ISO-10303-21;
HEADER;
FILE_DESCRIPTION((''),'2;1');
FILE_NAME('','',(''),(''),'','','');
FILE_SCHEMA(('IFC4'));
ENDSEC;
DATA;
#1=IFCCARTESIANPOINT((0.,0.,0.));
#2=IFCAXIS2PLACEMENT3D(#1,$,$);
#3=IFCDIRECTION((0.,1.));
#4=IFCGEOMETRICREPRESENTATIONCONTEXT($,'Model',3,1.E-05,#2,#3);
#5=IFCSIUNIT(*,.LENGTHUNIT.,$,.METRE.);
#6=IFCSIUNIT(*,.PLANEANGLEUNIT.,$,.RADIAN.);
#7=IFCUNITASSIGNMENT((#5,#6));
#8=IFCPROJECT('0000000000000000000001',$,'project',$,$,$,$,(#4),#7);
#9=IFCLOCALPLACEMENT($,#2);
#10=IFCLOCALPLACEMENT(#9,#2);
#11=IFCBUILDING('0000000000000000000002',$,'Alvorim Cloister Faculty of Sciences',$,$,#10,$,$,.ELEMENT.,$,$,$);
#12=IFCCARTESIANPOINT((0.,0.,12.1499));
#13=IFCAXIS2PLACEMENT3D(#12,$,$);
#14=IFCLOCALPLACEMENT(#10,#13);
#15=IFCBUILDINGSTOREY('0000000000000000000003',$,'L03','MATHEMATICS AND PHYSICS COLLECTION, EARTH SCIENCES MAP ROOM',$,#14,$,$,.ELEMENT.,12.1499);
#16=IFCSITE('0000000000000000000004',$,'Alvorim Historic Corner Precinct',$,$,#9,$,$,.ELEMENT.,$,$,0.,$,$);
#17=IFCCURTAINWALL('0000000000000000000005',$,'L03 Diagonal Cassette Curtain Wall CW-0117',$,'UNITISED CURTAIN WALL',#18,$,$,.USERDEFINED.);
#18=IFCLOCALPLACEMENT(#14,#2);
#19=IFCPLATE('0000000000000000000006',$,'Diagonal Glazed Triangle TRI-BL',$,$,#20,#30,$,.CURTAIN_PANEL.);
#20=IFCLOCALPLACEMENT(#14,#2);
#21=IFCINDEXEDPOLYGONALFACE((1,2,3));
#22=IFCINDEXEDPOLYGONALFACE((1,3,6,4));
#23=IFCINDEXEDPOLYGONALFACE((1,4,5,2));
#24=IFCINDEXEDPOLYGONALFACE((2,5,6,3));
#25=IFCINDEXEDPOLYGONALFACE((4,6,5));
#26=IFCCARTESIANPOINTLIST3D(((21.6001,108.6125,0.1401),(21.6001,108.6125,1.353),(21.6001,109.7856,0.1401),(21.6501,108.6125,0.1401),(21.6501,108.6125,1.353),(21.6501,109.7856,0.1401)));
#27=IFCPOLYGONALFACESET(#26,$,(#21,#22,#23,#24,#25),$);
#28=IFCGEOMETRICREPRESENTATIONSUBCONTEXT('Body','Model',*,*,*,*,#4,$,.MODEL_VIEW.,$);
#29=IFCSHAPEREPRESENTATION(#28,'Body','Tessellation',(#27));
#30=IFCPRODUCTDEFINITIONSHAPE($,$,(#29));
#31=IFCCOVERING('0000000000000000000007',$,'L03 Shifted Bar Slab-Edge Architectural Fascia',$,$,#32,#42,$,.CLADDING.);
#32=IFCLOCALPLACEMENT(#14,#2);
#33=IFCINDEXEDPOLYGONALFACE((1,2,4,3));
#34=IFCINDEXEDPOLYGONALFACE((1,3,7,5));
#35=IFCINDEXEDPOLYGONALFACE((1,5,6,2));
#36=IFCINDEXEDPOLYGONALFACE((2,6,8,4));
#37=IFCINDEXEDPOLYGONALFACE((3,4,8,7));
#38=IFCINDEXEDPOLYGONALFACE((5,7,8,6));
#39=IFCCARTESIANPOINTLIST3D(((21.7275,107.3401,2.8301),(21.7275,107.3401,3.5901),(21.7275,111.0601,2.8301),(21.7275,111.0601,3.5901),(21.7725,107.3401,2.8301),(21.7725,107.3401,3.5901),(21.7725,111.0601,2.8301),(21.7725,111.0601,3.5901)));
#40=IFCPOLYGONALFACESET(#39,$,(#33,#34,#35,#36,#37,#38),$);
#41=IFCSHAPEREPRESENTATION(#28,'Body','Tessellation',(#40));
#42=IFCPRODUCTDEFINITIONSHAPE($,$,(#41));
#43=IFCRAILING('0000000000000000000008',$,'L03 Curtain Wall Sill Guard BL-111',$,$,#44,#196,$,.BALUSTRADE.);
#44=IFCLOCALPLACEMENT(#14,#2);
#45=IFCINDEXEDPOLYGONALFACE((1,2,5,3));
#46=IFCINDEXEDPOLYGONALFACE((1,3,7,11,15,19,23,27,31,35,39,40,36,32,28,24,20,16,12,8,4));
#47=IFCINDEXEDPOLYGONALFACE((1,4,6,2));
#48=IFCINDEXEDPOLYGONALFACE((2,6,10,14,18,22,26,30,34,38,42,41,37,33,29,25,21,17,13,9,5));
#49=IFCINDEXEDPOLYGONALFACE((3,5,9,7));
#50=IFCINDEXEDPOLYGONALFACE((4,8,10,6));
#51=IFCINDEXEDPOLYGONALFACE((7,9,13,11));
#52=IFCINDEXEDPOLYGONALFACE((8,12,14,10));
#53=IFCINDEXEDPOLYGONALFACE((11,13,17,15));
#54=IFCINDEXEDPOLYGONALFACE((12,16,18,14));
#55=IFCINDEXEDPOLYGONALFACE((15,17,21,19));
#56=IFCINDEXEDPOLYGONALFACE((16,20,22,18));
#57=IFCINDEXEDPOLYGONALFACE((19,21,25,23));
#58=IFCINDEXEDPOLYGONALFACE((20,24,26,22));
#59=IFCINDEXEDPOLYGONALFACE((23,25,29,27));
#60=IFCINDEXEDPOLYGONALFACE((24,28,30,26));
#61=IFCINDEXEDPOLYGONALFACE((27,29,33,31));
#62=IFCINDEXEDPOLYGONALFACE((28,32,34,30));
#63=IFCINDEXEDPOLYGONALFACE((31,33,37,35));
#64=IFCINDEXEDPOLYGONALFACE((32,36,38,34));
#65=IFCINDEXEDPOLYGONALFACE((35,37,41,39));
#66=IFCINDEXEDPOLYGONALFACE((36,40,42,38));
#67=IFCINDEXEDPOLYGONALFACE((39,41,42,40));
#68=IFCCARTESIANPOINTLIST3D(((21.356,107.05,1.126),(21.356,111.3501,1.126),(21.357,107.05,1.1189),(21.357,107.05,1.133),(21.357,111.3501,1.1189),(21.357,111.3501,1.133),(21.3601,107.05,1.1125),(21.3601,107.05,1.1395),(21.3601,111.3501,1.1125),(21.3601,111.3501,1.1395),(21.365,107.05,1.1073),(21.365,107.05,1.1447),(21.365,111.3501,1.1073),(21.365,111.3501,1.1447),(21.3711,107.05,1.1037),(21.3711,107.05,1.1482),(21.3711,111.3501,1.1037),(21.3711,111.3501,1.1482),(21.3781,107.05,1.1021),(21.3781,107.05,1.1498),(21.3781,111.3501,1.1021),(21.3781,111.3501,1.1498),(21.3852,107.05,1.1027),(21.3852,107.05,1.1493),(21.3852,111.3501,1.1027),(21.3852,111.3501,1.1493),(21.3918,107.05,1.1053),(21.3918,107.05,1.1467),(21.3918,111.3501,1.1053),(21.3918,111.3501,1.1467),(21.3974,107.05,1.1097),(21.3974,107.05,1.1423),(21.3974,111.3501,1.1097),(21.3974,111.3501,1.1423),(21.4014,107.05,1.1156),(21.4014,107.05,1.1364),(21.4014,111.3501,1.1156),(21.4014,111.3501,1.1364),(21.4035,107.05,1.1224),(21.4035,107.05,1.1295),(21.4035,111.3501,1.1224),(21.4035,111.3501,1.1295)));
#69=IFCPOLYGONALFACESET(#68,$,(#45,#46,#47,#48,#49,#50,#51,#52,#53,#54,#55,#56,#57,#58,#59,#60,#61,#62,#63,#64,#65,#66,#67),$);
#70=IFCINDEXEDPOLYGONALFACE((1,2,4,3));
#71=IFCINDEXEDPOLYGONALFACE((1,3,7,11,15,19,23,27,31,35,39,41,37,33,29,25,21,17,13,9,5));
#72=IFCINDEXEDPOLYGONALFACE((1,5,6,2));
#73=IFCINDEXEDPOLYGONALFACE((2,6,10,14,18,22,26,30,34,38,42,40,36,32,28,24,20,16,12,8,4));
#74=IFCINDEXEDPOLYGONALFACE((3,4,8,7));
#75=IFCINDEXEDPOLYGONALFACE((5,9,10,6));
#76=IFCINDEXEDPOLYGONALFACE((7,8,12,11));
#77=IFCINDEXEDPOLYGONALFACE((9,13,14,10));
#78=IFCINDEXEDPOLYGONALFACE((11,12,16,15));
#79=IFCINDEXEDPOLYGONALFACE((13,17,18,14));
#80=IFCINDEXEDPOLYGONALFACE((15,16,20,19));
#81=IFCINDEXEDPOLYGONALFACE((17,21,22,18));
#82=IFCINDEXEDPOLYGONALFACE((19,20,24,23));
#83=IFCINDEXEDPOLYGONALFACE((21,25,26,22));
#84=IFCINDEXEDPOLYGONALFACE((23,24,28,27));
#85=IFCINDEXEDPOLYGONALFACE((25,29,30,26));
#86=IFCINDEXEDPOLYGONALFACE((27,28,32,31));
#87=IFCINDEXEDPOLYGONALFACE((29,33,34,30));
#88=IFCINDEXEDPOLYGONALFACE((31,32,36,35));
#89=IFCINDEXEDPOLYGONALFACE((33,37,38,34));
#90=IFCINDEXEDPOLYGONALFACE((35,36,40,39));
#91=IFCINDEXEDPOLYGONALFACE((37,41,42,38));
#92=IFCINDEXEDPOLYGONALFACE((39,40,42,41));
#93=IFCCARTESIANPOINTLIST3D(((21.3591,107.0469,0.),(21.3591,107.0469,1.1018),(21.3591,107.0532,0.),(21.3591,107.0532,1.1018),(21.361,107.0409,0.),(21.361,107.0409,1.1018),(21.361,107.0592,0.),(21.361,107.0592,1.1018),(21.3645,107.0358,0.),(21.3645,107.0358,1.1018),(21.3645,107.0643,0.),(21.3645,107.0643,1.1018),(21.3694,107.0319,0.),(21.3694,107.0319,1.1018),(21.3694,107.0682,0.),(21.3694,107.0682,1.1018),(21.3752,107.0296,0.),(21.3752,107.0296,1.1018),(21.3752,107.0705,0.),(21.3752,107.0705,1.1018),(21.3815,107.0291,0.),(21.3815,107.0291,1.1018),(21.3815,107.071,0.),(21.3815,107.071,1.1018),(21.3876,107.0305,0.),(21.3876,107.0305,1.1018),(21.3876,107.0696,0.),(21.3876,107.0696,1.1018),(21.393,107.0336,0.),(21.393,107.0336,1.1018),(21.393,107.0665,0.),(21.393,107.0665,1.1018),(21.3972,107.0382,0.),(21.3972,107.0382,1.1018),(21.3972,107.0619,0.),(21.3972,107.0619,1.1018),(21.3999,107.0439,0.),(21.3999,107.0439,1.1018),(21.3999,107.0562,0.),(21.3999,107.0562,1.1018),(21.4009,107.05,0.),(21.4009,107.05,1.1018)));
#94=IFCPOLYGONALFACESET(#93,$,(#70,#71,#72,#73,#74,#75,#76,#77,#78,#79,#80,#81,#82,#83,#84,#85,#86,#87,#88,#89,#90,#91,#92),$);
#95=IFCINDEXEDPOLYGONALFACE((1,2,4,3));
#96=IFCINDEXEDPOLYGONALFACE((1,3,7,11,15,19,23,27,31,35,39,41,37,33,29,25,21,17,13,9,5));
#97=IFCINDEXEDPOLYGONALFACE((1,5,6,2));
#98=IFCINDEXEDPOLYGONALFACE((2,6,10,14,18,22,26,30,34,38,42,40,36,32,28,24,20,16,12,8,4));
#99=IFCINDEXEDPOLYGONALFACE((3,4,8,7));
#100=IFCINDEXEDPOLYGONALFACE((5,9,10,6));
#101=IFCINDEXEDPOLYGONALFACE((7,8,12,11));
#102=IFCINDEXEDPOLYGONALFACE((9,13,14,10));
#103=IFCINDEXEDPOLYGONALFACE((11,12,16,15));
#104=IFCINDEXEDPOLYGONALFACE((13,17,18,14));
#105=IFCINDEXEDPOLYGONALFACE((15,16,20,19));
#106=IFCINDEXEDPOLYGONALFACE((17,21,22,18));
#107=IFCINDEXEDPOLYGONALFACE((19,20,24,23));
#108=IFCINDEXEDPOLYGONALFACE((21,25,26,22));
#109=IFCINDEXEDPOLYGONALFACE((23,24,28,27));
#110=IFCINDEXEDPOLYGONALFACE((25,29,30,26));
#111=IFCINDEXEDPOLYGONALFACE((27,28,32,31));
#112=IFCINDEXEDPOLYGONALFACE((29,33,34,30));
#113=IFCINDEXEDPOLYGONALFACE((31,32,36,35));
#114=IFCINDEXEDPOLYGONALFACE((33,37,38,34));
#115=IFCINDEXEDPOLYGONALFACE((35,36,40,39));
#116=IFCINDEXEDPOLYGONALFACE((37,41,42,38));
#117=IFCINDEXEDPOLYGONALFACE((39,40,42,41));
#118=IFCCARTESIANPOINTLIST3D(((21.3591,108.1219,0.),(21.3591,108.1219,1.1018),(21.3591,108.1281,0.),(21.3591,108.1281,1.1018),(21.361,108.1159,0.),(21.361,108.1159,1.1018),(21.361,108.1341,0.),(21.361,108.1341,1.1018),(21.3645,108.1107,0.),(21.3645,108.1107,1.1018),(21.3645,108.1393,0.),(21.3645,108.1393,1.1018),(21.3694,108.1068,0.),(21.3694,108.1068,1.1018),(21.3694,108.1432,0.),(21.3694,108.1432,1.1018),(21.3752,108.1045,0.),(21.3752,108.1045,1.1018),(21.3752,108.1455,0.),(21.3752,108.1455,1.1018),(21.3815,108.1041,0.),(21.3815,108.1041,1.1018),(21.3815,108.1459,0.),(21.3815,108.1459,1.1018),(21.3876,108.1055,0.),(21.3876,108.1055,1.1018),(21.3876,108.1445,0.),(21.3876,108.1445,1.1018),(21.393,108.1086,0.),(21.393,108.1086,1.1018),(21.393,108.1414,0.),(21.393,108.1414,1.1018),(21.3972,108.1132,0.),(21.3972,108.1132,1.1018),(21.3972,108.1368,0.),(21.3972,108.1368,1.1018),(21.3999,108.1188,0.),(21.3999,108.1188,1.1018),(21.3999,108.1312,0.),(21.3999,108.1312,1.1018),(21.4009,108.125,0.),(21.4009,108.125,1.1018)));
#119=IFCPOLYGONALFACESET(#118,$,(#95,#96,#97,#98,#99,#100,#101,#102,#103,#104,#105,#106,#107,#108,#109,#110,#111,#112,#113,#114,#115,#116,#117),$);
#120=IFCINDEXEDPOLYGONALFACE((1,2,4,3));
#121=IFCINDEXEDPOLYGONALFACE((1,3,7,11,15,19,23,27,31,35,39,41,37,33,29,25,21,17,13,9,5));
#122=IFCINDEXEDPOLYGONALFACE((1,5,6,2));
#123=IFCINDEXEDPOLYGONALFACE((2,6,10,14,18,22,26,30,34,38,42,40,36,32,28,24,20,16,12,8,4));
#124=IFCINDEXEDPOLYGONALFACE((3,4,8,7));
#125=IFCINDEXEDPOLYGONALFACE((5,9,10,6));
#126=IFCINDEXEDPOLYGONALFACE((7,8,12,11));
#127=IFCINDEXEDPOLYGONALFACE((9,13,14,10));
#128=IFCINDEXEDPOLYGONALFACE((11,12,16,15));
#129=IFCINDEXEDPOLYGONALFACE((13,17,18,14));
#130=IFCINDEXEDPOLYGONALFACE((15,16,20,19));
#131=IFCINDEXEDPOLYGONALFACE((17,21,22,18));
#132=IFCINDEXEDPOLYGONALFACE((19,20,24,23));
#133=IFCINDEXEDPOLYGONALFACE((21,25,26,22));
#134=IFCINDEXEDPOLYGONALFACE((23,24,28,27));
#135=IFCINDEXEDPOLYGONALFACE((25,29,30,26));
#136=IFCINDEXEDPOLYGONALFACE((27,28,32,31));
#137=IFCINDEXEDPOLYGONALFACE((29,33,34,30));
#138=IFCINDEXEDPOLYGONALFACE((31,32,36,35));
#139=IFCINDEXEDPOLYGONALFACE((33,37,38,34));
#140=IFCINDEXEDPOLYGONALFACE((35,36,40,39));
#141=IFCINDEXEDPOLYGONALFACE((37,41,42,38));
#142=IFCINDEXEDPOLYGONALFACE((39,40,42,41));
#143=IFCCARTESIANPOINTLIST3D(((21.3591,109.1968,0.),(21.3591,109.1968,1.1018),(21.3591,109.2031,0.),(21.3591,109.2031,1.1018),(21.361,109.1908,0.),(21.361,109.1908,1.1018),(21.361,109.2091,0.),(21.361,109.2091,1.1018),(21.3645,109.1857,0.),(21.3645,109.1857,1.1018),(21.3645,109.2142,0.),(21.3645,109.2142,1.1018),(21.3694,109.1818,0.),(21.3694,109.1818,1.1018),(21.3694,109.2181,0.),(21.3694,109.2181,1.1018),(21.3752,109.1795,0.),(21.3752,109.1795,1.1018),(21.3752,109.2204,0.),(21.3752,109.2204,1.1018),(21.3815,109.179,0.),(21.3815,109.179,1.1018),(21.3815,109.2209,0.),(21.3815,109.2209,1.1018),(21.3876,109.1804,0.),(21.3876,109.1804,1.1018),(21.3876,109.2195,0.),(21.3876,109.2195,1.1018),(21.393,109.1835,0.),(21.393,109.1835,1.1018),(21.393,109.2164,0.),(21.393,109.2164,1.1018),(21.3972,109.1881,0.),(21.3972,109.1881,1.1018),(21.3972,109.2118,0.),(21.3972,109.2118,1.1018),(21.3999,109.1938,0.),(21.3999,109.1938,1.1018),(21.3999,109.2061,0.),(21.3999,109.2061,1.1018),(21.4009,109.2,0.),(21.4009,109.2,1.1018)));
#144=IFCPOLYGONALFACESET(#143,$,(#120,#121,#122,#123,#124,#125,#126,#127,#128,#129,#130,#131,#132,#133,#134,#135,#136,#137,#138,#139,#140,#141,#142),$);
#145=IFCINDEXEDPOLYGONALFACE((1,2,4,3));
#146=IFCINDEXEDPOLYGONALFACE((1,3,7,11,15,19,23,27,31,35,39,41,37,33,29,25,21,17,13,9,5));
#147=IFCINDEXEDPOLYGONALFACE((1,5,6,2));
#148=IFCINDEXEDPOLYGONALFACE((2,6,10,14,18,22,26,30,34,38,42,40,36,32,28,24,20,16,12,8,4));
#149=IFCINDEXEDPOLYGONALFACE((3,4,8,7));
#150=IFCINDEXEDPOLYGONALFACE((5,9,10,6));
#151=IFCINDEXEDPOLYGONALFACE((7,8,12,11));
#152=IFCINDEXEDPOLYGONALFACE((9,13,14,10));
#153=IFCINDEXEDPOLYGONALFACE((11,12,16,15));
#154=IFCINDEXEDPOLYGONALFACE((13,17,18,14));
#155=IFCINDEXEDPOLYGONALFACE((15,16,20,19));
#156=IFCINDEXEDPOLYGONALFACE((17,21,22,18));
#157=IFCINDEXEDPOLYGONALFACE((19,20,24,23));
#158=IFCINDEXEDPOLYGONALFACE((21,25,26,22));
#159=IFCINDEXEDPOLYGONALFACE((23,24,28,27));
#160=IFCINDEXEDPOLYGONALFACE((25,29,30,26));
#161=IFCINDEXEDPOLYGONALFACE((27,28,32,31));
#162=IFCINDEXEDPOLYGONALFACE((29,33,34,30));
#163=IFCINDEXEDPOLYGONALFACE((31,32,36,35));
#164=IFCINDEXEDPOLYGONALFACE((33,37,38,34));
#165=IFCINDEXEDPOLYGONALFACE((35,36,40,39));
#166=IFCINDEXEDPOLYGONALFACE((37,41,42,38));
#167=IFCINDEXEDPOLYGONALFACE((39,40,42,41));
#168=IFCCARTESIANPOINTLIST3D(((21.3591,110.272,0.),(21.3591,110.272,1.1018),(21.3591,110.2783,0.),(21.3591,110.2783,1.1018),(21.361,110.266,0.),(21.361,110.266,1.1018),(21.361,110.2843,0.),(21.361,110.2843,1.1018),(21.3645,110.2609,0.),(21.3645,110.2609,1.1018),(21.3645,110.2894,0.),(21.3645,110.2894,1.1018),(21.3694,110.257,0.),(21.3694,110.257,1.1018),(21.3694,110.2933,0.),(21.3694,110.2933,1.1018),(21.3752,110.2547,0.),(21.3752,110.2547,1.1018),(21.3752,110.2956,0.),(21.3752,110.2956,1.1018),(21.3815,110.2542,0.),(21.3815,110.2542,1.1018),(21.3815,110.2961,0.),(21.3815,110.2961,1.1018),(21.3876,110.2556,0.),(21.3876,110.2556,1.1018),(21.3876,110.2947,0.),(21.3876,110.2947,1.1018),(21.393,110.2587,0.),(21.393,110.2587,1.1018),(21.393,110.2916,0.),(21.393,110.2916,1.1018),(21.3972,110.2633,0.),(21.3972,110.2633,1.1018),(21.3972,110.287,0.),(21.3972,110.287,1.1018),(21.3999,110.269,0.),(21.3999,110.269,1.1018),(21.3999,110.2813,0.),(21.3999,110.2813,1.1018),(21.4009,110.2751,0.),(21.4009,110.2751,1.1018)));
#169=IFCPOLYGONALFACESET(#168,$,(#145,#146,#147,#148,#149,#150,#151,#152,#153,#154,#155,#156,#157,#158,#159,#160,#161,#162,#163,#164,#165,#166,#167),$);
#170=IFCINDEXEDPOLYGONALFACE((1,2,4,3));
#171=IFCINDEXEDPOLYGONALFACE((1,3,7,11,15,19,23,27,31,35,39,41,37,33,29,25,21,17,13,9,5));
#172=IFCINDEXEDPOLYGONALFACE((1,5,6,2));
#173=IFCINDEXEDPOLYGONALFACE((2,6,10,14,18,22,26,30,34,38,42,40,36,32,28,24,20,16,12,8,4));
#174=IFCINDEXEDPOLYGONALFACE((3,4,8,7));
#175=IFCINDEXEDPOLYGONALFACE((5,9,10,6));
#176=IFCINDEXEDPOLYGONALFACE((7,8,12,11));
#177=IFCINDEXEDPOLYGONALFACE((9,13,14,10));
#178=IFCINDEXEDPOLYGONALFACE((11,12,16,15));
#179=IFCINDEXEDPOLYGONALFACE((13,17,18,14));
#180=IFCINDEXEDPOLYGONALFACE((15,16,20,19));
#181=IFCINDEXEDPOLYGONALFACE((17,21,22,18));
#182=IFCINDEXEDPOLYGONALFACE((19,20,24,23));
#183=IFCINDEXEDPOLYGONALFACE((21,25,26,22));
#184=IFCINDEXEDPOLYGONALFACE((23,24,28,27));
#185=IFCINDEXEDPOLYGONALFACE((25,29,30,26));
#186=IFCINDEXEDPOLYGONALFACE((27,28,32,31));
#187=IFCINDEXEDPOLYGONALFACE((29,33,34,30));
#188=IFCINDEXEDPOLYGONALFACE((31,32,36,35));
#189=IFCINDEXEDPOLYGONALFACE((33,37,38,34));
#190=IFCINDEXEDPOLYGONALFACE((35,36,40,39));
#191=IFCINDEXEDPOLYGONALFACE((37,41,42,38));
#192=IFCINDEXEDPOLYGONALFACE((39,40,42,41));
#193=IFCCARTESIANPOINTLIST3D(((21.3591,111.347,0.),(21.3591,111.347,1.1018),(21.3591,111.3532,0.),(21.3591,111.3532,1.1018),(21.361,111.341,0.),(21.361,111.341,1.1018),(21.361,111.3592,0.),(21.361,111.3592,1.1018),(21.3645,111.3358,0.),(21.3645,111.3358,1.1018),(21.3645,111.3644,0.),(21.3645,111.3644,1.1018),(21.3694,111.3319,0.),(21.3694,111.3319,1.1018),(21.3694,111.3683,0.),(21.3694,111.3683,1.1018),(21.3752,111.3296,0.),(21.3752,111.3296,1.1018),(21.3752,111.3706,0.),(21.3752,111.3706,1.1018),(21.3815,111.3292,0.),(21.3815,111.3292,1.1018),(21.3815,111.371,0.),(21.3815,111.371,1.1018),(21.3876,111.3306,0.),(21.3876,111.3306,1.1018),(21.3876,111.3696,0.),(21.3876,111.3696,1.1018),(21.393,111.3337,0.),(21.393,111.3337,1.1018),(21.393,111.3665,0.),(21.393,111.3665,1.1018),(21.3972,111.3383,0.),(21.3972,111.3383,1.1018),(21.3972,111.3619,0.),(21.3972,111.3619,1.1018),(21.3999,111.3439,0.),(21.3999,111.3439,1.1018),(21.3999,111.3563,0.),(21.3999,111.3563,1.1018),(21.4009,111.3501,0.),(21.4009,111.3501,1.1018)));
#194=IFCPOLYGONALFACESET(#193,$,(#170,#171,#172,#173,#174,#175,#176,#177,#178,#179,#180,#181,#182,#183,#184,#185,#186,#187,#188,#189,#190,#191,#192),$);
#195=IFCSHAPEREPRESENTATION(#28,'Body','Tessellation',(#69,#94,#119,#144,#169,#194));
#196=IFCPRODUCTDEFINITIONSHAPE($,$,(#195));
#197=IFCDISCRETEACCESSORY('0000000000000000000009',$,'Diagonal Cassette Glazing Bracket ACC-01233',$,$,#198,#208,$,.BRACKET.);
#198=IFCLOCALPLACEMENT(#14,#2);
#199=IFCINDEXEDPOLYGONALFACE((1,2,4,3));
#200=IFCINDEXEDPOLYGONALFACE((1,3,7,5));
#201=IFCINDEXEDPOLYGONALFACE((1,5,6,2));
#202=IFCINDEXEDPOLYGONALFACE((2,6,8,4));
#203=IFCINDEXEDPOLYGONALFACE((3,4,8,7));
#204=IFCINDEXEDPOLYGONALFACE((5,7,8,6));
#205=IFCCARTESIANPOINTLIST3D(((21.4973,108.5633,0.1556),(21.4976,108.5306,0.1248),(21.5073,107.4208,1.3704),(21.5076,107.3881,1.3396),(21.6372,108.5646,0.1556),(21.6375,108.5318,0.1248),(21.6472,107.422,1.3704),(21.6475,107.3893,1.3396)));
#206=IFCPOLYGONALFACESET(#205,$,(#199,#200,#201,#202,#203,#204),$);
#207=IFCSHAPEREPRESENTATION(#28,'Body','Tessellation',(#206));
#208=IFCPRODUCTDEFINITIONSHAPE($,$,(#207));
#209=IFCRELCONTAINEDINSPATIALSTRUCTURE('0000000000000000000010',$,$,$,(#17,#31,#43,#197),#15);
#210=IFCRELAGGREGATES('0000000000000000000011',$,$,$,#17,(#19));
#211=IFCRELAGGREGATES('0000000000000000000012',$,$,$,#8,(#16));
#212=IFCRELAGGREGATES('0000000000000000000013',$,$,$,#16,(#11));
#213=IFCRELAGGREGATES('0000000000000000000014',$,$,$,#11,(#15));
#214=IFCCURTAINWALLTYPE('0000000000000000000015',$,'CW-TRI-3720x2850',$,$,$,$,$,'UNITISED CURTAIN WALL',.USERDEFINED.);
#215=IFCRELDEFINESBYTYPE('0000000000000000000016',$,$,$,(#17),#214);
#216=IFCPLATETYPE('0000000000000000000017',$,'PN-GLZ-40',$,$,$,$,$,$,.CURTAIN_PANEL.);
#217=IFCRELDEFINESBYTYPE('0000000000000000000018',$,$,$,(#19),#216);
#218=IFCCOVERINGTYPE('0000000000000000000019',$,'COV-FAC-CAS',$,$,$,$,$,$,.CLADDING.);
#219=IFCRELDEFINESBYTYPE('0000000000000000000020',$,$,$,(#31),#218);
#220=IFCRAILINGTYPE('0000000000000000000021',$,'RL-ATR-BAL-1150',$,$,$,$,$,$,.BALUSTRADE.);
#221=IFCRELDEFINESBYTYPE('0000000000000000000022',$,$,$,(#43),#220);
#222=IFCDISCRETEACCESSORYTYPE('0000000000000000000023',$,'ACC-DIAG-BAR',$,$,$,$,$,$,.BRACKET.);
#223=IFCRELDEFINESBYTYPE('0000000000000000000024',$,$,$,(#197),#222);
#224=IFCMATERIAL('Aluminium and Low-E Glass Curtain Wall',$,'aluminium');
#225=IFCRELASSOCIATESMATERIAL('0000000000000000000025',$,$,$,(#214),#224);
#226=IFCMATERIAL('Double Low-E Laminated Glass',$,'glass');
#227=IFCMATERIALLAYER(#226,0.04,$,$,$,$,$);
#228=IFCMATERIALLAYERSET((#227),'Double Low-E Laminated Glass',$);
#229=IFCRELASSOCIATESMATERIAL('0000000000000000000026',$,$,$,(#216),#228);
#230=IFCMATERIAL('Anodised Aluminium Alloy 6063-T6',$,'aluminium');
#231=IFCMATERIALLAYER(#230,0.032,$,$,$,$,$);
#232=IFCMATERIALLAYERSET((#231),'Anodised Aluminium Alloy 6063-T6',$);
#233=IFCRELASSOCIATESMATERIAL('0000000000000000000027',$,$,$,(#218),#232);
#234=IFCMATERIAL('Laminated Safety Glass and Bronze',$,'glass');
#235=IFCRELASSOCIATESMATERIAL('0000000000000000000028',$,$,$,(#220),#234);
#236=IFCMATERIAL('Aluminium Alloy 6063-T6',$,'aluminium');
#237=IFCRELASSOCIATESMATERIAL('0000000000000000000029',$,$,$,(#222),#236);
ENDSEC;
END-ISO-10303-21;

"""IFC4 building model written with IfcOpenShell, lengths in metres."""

from ifc_helpers import new_model, si_unit, direction, frame, origin, origin_2d, place, context, subcontext, project, spatial, polyline, rectangle, circle, outline, extrude, material, layer, layer_set, type_object, element, aggregate, save


model = new_model("IFC4")

# Units and contexts
model_context = context("Model", 3, precision=1e-05, world=origin(), true_north=direction((0.0, 1.0)))
body_context = subcontext(model_context, "Body", "Model", "MODEL_VIEW")
ifc_project = project(units=[si_unit("LENGTHUNIT", "METRE"), si_unit("PLANEANGLEUNIT", "RADIAN")], contexts=[model_context])

# Site, building, storey
site_placement = place(None, origin())
site = spatial("IfcSite", under=ifc_project, at=site_placement, Name="Alvorim Historic Corner Precinct", CompositionType="ELEMENT", RefElevation=0.0)
building_placement = place(site_placement, origin())
building = spatial("IfcBuilding", under=site, at=building_placement, Name="Alvorim Cloister Faculty of Sciences", CompositionType="ELEMENT")
storey_placement = place(building_placement, frame((0.0, 0.0, 12.1499)))
storey = spatial("IfcBuildingStorey", under=building, at=storey_placement, Name="L03", Description="MATHEMATICS AND PHYSICS COLLECTION, EARTH SCIENCES MAP ROOM", CompositionType="ELEMENT", Elevation=12.1499)

# Curtain wall, plate
ifc_material_1 = material(Name="Aluminium and Low-E Glass Curtain Wall", Category="aluminium")
curtain_wall_type = type_object("IfcCurtainWallType", Name="CW-TRI-3720x2850", ElementType="UNITISED CURTAIN WALL", PredefinedType="USERDEFINED", material=ifc_material_1)
curtain_wall_placement = place(storey_placement, origin())
curtain_wall = element("IfcCurtainWall", 1, at=curtain_wall_placement, inside=storey, type_object=curtain_wall_type, Name="L03 Diagonal Cassette Curtain Wall CW-0117", ObjectType="UNITISED CURTAIN WALL", PredefinedType="USERDEFINED")
ifc_material_2 = material(Name="Aluminium Alloy 6063-T6", Category="aluminium")
ifc_material_3 = material(Name="Double Low-E Laminated Glass", Category="glass")
ifc_layer_1 = layer(ifc_material_3, 0.04)
ifc_layer_set_1 = layer_set([ifc_layer_1], Name="Double Low-E Laminated Glass")
plate_type = type_object("IfcPlateType", Name="PN-GLZ-40", PredefinedType="CURTAIN_PANEL", material=ifc_layer_set_1)
plate_1_placement = place(storey_placement, frame((21.625, 108.6125, 0.1401), z_axis=(0.0, 0.0, 1.0), x_axis=(0.0, 1.0, 0.0)))
plate_1 = element("IfcPlate", 2, at=plate_1_placement, type_object=plate_type, Name="Diagonal Glazed Triangle TRI-BL", PredefinedType="CURTAIN_PANEL", context=body_context, shape_type="SweptSolid", body=[
    extrude(outline(polyline([(0.0, 0.0), (1.1731, 0.0), (0.0, 1.2129), (0.0, 0.0)])), frame((0.0, 0.0249, 0.0), z_axis=(0.0, -1.0, 0.0), x_axis=(1.0, 0.0, 0.0)), (0.0, 0.0, 1.0), 0.05),
])
aggregate(curtain_wall, [plate_1])

# Covering
ifc_material_4 = material(Name="Anodised Aluminium Alloy 6063-T6", Category="aluminium")
ifc_layer_2 = layer(ifc_material_4, 0.032)
ifc_layer_set_2 = layer_set([ifc_layer_2], Name="Anodised Aluminium Alloy 6063-T6")
covering_type = type_object("IfcCoveringType", Name="COV-FAC-CAS", PredefinedType="CLADDING", material=ifc_layer_set_2)
covering_placement = place(storey_placement, frame((21.75, 107.3401, 2.8301), z_axis=(0.0, 0.0, 1.0), x_axis=(0.0, 1.0, 0.0)))
element("IfcCovering", 3, at=covering_placement, inside=storey, type_object=covering_type, Name="L03 Shifted Bar Slab-Edge Architectural Fascia", PredefinedType="CLADDING", context=body_context, shape_type="SweptSolid", body=[
    extrude(outline(polyline([(0.0, 0.0), (3.72, 0.0), (3.72, 0.76), (0.0, 0.76), (0.0, 0.0)])), frame((0.0, 0.0225, 0.0), z_axis=(0.0, -1.0, 0.0), x_axis=(1.0, 0.0, 0.0)), (0.0, 0.0, 1.0), 0.0449),
])

# Railing
ifc_material_5 = material(Name="Laminated Safety Glass and Bronze", Category="glass")
railing_type = type_object("IfcRailingType", Name="RL-ATR-BAL-1150", PredefinedType="BALUSTRADE", material=ifc_material_5)
railing_placement = place(storey_placement, frame((21.3799, 107.05, 0.0)))
element("IfcRailing", 4, at=railing_placement, inside=storey, type_object=railing_type, Name="L03 Curtain Wall Sill Guard BL-111", PredefinedType="BALUSTRADE", context=body_context, shape_type="SweptSolid", body=[
    extrude(circle(Radius=0.0239, at=origin_2d()), frame((0.0, 0.0, 1.126), z_axis=(0.0, 1.0, 0.0), x_axis=(-1.0, 0.0, 0.0)), (0.0, 0.0, 1.0), 4.3),
    extrude(circle(Radius=0.021, at=origin_2d()), origin(), (0.0, 0.0, 1.0), 1.1018),
    extrude(circle(Radius=0.021, at=origin_2d()), frame((0.0, 1.075, 0.0)), (0.0, 0.0, 1.0), 1.1018),
    extrude(circle(Radius=0.021, at=origin_2d()), frame((0.0, 2.1499, 0.0)), (0.0, 0.0, 1.0), 1.1018),
    extrude(circle(Radius=0.021, at=origin_2d()), frame((0.0, 3.2251, 0.0)), (0.0, 0.0, 1.0), 1.1018),
    extrude(circle(Radius=0.021, at=origin_2d()), frame((0.0, 4.3, 0.0)), (0.0, 0.0, 1.0), 1.1018),
])

# Discrete accessory
discrete_accessory_type = type_object("IfcDiscreteAccessoryType", Name="ACC-DIAG-BAR", PredefinedType="BRACKET", material=ifc_material_2)
discrete_accessory_1_placement = place(storey_placement, frame((21.5774, 107.405, 1.355), z_axis=(-0.006002, 0.685097, -0.728427), x_axis=(-0.999962, -0.00876, 0.0)))
element("IfcDiscreteAccessory", 5, at=discrete_accessory_1_placement, inside=storey, type_object=discrete_accessory_type, Name="Diagonal Cassette Glazing Bracket ACC-01233", PredefinedType="BRACKET", context=body_context, shape_type="SweptSolid", body=[
    extrude(rectangle(XDim=0.1399, YDim=0.0449, at=origin_2d()), origin(), (0.0, 0.0, 1.0), 1.6677),
])

save(model, "model.ifc")
